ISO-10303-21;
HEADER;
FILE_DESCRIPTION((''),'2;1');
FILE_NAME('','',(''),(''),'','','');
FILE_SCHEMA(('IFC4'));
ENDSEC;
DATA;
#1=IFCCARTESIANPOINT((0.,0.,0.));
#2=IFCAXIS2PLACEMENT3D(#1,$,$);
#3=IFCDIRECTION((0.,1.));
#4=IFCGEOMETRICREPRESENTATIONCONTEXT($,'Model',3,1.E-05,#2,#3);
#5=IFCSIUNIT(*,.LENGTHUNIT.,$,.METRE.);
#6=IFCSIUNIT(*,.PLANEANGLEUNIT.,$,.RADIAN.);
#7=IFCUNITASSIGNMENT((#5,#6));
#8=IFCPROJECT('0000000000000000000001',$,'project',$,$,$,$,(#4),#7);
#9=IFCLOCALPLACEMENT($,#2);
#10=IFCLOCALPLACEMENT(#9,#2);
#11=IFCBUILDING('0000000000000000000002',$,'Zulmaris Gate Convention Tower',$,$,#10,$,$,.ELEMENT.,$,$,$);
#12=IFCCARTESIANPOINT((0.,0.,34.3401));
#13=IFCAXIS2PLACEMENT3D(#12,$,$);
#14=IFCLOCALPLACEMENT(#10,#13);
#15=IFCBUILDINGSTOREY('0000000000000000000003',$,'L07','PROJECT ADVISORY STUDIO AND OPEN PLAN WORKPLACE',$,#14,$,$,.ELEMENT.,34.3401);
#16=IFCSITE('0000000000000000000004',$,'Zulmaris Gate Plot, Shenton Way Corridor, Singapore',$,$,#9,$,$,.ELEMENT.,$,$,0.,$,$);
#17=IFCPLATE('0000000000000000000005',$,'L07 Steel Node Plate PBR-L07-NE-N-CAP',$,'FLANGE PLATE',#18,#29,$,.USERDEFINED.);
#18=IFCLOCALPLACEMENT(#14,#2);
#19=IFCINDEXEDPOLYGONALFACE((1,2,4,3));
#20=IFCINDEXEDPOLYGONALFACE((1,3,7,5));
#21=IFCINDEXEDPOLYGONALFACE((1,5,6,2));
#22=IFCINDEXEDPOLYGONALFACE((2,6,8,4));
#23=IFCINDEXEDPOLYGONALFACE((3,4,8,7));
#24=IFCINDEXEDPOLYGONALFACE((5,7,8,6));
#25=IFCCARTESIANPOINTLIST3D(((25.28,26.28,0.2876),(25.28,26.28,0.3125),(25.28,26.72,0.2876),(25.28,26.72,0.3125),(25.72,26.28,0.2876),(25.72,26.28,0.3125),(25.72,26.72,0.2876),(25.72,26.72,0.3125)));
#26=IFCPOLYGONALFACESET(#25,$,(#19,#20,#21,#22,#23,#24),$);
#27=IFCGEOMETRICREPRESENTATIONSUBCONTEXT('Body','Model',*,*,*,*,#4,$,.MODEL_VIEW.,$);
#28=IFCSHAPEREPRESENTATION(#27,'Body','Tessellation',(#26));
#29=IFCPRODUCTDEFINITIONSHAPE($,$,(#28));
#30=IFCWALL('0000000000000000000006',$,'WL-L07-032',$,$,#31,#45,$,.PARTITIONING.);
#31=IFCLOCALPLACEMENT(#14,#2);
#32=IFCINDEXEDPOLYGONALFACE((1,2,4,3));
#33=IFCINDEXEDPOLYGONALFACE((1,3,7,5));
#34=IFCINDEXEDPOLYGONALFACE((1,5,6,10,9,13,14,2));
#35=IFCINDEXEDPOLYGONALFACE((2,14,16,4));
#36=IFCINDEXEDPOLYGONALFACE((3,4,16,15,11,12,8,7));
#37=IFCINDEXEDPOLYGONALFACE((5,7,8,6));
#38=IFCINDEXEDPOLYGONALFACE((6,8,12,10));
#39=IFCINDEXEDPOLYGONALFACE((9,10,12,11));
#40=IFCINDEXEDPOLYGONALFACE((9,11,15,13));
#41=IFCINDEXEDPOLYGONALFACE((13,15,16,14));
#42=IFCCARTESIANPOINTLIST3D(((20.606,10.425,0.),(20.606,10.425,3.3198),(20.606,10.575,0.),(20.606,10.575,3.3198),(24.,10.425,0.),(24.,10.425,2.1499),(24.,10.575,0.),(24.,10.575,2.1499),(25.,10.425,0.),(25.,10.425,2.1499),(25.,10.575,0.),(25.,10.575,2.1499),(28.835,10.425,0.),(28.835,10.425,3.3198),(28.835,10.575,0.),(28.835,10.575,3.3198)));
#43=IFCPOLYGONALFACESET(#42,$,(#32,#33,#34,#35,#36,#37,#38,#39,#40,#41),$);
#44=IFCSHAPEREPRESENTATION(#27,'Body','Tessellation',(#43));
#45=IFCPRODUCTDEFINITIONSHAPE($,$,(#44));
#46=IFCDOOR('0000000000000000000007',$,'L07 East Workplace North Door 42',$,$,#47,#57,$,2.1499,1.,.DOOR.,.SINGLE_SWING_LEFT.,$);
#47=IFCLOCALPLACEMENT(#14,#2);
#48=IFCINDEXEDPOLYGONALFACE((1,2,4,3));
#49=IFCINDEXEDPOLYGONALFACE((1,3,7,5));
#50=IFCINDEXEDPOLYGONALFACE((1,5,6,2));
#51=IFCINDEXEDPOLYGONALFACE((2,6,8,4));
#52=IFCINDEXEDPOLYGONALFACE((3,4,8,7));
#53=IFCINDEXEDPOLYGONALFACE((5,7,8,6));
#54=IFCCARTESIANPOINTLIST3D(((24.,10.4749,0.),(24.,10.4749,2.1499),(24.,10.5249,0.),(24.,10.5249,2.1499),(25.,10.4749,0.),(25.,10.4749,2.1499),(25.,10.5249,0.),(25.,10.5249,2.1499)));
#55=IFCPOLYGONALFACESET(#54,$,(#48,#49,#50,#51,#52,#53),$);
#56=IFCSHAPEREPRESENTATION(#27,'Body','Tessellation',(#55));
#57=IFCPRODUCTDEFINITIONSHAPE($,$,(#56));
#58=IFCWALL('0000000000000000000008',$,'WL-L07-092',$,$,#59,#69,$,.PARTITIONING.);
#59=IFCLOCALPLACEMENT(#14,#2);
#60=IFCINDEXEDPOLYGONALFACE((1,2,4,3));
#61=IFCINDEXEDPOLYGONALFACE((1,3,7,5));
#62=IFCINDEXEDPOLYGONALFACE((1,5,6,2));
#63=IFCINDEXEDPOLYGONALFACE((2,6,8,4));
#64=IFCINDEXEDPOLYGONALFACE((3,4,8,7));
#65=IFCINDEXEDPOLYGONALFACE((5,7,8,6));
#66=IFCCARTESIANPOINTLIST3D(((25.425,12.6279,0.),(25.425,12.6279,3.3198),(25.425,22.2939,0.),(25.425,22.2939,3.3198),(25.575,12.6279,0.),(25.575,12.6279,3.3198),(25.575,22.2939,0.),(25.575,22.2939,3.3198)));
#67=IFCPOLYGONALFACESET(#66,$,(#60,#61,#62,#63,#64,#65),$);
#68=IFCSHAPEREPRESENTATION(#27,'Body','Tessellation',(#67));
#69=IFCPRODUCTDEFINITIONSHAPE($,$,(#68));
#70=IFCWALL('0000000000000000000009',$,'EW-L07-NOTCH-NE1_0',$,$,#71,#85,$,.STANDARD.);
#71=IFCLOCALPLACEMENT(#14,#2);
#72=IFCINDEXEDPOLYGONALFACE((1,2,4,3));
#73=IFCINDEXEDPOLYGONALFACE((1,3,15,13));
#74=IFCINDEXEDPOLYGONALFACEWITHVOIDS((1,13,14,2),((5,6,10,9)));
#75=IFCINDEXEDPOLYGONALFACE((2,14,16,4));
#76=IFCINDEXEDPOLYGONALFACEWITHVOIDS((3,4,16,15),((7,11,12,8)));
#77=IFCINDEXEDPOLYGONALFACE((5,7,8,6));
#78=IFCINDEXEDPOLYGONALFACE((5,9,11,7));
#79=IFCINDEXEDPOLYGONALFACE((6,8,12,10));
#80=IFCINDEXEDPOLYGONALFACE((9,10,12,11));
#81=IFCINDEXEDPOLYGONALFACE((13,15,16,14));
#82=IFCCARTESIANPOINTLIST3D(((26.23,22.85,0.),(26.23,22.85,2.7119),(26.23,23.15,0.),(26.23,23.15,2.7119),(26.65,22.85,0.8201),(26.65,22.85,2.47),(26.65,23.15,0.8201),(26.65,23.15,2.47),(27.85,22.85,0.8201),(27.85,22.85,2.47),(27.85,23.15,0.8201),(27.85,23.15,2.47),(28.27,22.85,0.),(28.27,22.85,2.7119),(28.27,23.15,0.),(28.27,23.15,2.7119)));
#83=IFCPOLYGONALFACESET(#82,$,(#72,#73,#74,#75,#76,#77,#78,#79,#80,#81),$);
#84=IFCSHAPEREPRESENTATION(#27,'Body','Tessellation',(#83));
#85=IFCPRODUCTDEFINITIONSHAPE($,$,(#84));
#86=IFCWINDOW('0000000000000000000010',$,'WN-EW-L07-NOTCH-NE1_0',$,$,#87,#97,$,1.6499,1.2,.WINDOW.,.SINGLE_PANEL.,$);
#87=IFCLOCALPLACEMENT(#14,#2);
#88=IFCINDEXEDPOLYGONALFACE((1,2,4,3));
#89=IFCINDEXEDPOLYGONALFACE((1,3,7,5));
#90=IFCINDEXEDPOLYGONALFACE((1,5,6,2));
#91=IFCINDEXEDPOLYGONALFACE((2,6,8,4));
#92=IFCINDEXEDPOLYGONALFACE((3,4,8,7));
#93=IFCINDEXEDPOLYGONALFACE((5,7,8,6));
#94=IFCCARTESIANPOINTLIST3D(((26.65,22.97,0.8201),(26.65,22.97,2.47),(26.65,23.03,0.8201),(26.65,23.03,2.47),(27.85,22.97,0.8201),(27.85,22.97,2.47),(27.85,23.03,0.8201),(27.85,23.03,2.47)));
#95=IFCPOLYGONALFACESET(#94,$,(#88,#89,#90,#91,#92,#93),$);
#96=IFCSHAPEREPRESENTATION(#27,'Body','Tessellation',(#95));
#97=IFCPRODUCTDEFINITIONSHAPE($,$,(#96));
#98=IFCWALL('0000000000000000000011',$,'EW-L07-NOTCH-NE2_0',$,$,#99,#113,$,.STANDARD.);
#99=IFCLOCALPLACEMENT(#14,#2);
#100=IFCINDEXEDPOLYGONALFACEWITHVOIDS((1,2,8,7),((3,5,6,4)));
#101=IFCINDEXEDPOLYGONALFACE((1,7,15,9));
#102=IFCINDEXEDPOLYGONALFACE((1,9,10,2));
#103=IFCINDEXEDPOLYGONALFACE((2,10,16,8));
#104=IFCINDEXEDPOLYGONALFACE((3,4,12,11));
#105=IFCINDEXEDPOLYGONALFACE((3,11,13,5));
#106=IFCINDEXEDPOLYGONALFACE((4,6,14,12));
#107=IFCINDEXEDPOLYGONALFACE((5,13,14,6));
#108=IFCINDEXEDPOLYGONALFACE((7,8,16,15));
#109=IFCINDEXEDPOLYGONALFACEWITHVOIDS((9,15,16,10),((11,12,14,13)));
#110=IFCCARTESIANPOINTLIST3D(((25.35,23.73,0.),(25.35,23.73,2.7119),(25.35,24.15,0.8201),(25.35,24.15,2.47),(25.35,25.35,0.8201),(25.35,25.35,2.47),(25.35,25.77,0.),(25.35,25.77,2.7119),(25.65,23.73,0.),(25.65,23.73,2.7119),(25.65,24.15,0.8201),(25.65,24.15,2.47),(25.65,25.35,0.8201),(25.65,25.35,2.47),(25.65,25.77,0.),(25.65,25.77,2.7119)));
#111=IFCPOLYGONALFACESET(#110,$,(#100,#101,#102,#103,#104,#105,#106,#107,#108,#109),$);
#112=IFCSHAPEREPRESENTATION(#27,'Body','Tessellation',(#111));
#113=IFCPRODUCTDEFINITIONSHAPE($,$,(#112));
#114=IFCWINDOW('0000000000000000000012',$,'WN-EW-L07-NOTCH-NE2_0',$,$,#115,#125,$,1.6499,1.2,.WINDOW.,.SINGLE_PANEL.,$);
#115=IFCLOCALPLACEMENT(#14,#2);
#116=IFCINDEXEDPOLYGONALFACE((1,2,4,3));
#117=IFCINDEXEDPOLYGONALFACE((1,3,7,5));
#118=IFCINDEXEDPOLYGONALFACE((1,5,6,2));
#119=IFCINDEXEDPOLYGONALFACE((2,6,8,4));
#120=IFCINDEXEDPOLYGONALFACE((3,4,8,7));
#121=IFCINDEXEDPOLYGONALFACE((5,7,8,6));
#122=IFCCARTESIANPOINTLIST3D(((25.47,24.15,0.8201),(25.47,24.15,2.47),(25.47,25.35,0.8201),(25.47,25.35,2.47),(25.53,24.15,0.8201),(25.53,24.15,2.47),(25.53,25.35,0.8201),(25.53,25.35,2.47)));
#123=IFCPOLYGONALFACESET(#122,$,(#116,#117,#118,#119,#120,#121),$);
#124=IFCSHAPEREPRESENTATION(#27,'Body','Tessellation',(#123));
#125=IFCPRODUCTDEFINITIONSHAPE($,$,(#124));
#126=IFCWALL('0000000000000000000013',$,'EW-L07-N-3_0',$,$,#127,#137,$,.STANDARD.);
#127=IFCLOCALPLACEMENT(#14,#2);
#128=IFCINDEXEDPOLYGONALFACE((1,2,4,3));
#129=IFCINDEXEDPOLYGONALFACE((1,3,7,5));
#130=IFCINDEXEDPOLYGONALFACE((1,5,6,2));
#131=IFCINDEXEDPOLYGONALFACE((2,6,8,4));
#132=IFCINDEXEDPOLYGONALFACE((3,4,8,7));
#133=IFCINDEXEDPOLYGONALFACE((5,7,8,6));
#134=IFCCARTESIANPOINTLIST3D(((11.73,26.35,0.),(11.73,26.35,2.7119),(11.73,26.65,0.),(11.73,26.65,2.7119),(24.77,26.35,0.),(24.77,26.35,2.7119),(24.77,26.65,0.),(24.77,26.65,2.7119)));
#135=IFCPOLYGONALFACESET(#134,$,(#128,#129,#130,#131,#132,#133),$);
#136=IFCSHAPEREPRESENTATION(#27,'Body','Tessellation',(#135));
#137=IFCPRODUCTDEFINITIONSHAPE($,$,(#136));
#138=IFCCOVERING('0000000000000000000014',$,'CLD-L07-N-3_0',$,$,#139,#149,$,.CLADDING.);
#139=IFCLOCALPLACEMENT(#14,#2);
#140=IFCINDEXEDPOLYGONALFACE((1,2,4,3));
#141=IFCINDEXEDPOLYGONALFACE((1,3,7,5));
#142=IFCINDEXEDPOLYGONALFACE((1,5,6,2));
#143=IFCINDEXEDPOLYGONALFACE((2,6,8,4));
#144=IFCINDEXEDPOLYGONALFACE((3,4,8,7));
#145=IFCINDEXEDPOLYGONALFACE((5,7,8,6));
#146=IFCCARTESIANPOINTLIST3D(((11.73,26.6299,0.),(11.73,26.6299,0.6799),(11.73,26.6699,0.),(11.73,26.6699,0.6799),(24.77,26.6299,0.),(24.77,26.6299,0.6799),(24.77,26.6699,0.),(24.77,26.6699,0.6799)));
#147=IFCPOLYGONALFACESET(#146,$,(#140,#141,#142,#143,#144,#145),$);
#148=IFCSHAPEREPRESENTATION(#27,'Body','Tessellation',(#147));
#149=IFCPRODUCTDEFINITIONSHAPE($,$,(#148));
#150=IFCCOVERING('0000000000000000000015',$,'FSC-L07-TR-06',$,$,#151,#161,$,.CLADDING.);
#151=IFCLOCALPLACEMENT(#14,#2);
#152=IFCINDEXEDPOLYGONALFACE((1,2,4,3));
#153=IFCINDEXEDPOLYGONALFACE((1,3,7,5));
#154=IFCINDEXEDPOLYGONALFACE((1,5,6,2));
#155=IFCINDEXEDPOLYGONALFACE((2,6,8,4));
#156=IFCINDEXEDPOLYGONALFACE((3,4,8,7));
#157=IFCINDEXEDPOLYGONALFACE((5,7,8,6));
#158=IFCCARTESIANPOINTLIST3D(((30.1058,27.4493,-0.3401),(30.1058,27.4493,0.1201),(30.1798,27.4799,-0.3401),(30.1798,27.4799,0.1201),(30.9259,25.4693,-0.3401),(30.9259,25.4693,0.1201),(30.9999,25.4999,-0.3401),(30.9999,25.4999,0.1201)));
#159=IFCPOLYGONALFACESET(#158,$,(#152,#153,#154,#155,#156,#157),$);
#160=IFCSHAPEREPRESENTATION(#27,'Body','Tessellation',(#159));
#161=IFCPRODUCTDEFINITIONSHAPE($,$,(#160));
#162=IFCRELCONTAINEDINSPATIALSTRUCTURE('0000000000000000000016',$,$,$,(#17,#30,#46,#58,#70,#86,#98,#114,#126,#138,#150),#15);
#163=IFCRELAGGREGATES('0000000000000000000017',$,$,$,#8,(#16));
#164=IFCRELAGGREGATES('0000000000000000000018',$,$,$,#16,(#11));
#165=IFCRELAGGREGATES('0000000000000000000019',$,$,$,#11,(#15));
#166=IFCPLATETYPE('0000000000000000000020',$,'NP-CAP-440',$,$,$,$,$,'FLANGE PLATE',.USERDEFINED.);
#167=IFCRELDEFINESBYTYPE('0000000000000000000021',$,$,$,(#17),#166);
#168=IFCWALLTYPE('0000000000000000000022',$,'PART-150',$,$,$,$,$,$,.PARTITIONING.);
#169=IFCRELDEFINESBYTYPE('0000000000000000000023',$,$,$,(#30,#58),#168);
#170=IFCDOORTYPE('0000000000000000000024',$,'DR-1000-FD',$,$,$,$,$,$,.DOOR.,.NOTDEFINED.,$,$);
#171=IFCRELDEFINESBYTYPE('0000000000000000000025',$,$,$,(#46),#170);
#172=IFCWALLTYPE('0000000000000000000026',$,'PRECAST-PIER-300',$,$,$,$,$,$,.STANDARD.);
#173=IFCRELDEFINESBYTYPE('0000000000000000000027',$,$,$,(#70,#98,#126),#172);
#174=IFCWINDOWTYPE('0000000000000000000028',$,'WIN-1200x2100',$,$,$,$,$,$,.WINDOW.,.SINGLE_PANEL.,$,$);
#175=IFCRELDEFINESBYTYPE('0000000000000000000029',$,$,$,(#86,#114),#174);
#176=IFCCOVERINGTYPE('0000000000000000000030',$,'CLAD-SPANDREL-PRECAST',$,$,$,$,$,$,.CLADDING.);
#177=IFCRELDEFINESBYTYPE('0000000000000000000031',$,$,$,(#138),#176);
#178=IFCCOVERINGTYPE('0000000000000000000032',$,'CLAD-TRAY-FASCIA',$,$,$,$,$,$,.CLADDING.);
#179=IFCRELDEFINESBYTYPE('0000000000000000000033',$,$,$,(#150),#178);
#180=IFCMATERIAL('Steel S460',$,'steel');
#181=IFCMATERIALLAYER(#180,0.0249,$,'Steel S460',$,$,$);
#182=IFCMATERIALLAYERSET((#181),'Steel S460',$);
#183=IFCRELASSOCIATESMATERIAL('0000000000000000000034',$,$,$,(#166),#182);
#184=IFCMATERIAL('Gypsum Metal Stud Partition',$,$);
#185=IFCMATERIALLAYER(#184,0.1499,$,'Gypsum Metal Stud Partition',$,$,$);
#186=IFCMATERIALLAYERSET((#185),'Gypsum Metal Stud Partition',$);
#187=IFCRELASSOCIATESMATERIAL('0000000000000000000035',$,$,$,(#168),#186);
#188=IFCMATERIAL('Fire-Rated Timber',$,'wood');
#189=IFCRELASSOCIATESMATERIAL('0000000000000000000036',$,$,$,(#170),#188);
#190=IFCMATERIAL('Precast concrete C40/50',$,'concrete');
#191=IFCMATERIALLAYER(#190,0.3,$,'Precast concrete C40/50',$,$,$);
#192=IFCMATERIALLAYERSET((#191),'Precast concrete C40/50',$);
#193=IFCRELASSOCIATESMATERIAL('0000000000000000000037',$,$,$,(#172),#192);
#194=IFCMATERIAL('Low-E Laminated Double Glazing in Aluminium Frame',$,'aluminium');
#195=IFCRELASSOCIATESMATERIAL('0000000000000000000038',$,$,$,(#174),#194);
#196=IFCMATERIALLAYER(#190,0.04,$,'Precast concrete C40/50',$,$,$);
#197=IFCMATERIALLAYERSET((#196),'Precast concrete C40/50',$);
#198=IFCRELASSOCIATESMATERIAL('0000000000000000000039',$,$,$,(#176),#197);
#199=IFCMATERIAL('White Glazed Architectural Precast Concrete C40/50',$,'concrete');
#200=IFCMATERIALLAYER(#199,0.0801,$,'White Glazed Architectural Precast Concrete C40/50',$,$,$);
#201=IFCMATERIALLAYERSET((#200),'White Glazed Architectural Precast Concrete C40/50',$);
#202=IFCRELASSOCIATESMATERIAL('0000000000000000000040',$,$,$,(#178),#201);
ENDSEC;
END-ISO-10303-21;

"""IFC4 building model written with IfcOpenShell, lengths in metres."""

from ifc_helpers import new_model, si_unit, direction, frame, frame_2d, origin, origin_2d, place, context, subcontext, project, spatial, rectangle, extrude, material, layer, layer_set, type_object, element, fill, save


model = new_model("IFC4")

# Units and contexts
model_context = context("Model", 3, precision=1e-05, world=origin(), true_north=direction((0.0, 1.0)))
body_context = subcontext(model_context, "Body", "Model", "MODEL_VIEW")
ifc_project = project(units=[si_unit("LENGTHUNIT", "METRE"), si_unit("PLANEANGLEUNIT", "RADIAN")], contexts=[model_context])

# Site, building, storey
site_placement = place(None, origin())
site = spatial("IfcSite", under=ifc_project, at=site_placement, Name="Zulmaris Gate Plot, Shenton Way Corridor, Singapore", CompositionType="ELEMENT", RefElevation=0.0)
building_placement = place(site_placement, origin())
building = spatial("IfcBuilding", under=site, at=building_placement, Name="Zulmaris Gate Convention Tower", CompositionType="ELEMENT")
storey_placement = place(building_placement, frame((0.0, 0.0, 34.3401)))
storey = spatial("IfcBuildingStorey", under=building, at=storey_placement, Name="L07", Description="PROJECT ADVISORY STUDIO AND OPEN PLAN WORKPLACE", CompositionType="ELEMENT", Elevation=34.3401)

# Shared definitions
ifc_material_1 = material(Name="Steel S460", Category="steel")

# Plate
ifc_layer_1 = layer(ifc_material_1, 0.0249, Name="Steel S460")
ifc_layer_set_1 = layer_set([ifc_layer_1], Name="Steel S460")
plate_type = type_object("IfcPlateType", Name="NP-CAP-440", ElementType="FLANGE PLATE", PredefinedType="USERDEFINED", material=ifc_layer_set_1)
for number, where, z_axis, x_axis, name in (
    (1, (25.5, 26.5, 0.2876), (0.0, 0.0, 1.0), (1.0, 0.0, 0.0), "L07 Steel Node Plate PBR-L07-NE-N-CAP"),
):
    element("IfcPlate", number, at=place(storey_placement, frame(where, z_axis=z_axis, x_axis=x_axis)), inside=storey, type_object=plate_type, Name=name, ObjectType="FLANGE PLATE", PredefinedType="USERDEFINED", context=body_context, shape_type="SweptSolid", body=[
        extrude(rectangle(XDim=0.4399, YDim=0.4399, at=origin_2d()), origin(), (0.0, 0.0, 1.0), 0.0249),
    ])

# Shared definitions
ifc_material_2 = material(Name="Fire-Rated Timber", Category="wood")

# Wall, opening, door
ifc_material_3 = material(Name="Gypsum Metal Stud Partition")
ifc_layer_2 = layer(ifc_material_3, 0.1499, Name="Gypsum Metal Stud Partition")
ifc_layer_set_2 = layer_set([ifc_layer_2], Name="Gypsum Metal Stud Partition")
wall_type_1 = type_object("IfcWallType", Name="PART-150", PredefinedType="PARTITIONING", material=ifc_layer_set_2)
wall_1_placement = place(storey_placement, frame((20.606, 10.5, 0.0), z_axis=(0.0, 0.0, 1.0), x_axis=(1.0, 0.0, 0.0)))
wall_1 = element("IfcWall", 2, at=wall_1_placement, inside=storey, type_object=wall_type_1, Name="WL-L07-032", PredefinedType="PARTITIONING", context=body_context, shape_type="SweptSolid", body=[
    extrude(rectangle(XDim=8.229, YDim=0.1499, at=frame_2d((4.1145, 0.0))), origin(), (0.0, 0.0, 1.0), 3.3198),
])
opening_1_placement = place(wall_1_placement, frame((3.394, 0.0, 0.0)))
opening_1 = element("IfcOpeningElement", 3, at=opening_1_placement, cuts=wall_1, PredefinedType="OPENING", context=body_context, shape_type="SweptSolid", body=[
    extrude(rectangle(XDim=1.0, YDim=2.1499, at=frame_2d((0.5, 1.075))), frame((0.0, 0.085, 0.0), z_axis=(0.0, -1.0, 0.0), x_axis=(1.0, 0.0, 0.0)), (0.0, 0.0, 1.0), 0.1699),
])
door_type_1 = type_object("IfcDoorType", Name="DR-1000-FD", OperationType="NOTDEFINED", PredefinedType="DOOR", material=ifc_material_2)
door_1_placement = place(opening_1_placement, origin())
door_1 = element("IfcDoor", 4, at=door_1_placement, inside=storey, type_object=door_type_1, Name="L07 East Workplace North Door 42", OperationType="SINGLE_SWING_LEFT", OverallHeight=2.1499, OverallWidth=1.0, PredefinedType="DOOR", context=body_context, shape_type="SweptSolid", body=[
    extrude(rectangle(XDim=1.0, YDim=2.1499, at=frame_2d((0.5, 1.075))), frame((0.0, 0.0249, 0.0), z_axis=(0.0, -1.0, 0.0), x_axis=(1.0, 0.0, 0.0)), (0.0, 0.0, 1.0), 0.05),
])
fill(opening_1, door_1)

# Wall
wall_2_placement = place(storey_placement, frame((25.5, 12.6279, 0.0), z_axis=(0.0, 0.0, 1.0), x_axis=(0.0, 1.0, 0.0)))
element("IfcWall", 5, at=wall_2_placement, inside=storey, type_object=wall_type_1, Name="WL-L07-092", PredefinedType="PARTITIONING", context=body_context, shape_type="SweptSolid", body=[
    extrude(rectangle(XDim=9.666, YDim=0.1499, at=frame_2d((4.833, 0.0))), origin(), (0.0, 0.0, 1.0), 3.3198),
])

# Walls, openings, windows
ifc_material_4 = material(Name="Precast concrete C40/50", Category="concrete")
ifc_layer_3 = layer(ifc_material_4, 0.3, Name="Precast concrete C40/50")
ifc_layer_set_3 = layer_set([ifc_layer_3], Name="Precast concrete C40/50")
wall_type_2 = type_object("IfcWallType", Name="PRECAST-PIER-300", PredefinedType="STANDARD", material=ifc_layer_set_3)
wall_3_placement = place(storey_placement, frame((28.27, 23.0, 0.0), z_axis=(0.0, 0.0, 1.0), x_axis=(-1.0, 0.0, 0.0)))
wall_3 = element("IfcWall", 6, at=wall_3_placement, inside=storey, type_object=wall_type_2, Name="EW-L07-NOTCH-NE1_0", PredefinedType="STANDARD", context=body_context, shape_type="SweptSolid", body=[
    extrude(rectangle(XDim=2.04, YDim=0.3, at=frame_2d((1.02, 0.0))), origin(), (0.0, 0.0, 1.0), 2.7119),
])
opening_2_placement = place(wall_3_placement, frame((0.4199, 0.0, 0.8201)))
opening_2 = element("IfcOpeningElement", 7, at=opening_2_placement, cuts=wall_3, PredefinedType="OPENING", context=body_context, shape_type="SweptSolid", body=[
    extrude(rectangle(XDim=1.2, YDim=1.6499, at=frame_2d((0.6001, 0.825))), frame((0.0, 0.1602, 0.0), z_axis=(0.0, -1.0, 0.0), x_axis=(1.0, 0.0, 0.0)), (0.0, 0.0, 1.0), 0.3201),
])
ifc_material_5 = material(Name="Low-E Laminated Double Glazing in Aluminium Frame", Category="aluminium")
window_type = type_object("IfcWindowType", Name="WIN-1200x2100", PartitioningType="SINGLE_PANEL", PredefinedType="WINDOW", material=ifc_material_5)
window_1_placement = place(opening_2_placement, origin())
window_1 = element("IfcWindow", 8, at=window_1_placement, inside=storey, type_object=window_type, Name="WN-EW-L07-NOTCH-NE1_0", OverallHeight=1.6499, OverallWidth=1.2, PartitioningType="SINGLE_PANEL", PredefinedType="WINDOW", context=body_context, shape_type="SweptSolid", body=[
    extrude(rectangle(XDim=1.2, YDim=1.6499, at=frame_2d((0.6001, 0.825))), frame((0.0, 0.03, 0.0), z_axis=(0.0, -1.0, 0.0), x_axis=(1.0, 0.0, 0.0)), (0.0, 0.0, 1.0), 0.0601),
])
fill(opening_2, window_1)
wall_4_placement = place(storey_placement, frame((25.5, 23.73, 0.0), z_axis=(0.0, 0.0, 1.0), x_axis=(0.0, 1.0, 0.0)))
wall_4 = element("IfcWall", 9, at=wall_4_placement, inside=storey, type_object=wall_type_2, Name="EW-L07-NOTCH-NE2_0", PredefinedType="STANDARD", context=body_context, shape_type="SweptSolid", body=[
    extrude(rectangle(XDim=2.04, YDim=0.3, at=frame_2d((1.02, 0.0))), origin(), (0.0, 0.0, 1.0), 2.7119),
])
opening_3_placement = place(wall_4_placement, frame((0.4199, 0.0, 0.8201)))
opening_3 = element("IfcOpeningElement", 10, at=opening_3_placement, cuts=wall_4, PredefinedType="OPENING", context=body_context, shape_type="SweptSolid", body=[
    extrude(rectangle(XDim=1.2, YDim=1.6499, at=frame_2d((0.6001, 0.825))), frame((0.0, 0.1602, 0.0), z_axis=(0.0, -1.0, 0.0), x_axis=(1.0, 0.0, 0.0)), (0.0, 0.0, 1.0), 0.3201),
])
window_2_placement = place(opening_3_placement, origin())
window_2 = element("IfcWindow", 11, at=window_2_placement, inside=storey, type_object=window_type, Name="WN-EW-L07-NOTCH-NE2_0", OverallHeight=1.6499, OverallWidth=1.2, PartitioningType="SINGLE_PANEL", PredefinedType="WINDOW", context=body_context, shape_type="SweptSolid", body=[
    extrude(rectangle(XDim=1.2, YDim=1.6499, at=frame_2d((0.6001, 0.825))), frame((0.0, 0.03, 0.0), z_axis=(0.0, -1.0, 0.0), x_axis=(1.0, 0.0, 0.0)), (0.0, 0.0, 1.0), 0.0601),
])
fill(opening_3, window_2)

# Wall
wall_5_placement = place(storey_placement, frame((24.77, 26.5, 0.0), z_axis=(0.0, 0.0, 1.0), x_axis=(-1.0, 0.0, 0.0)))
element("IfcWall", 12, at=wall_5_placement, inside=storey, type_object=wall_type_2, Name="EW-L07-N-3_0", PredefinedType="STANDARD", context=body_context, shape_type="SweptSolid", body=[
    extrude(rectangle(XDim=13.04, YDim=0.3, at=frame_2d((6.52, 0.0))), origin(), (0.0, 0.0, 1.0), 2.7119),
])

# Coverings
ifc_layer_4 = layer(ifc_material_4, 0.04, Name="Precast concrete C40/50")
ifc_layer_set_4 = layer_set([ifc_layer_4], Name="Precast concrete C40/50")
covering_type_1 = type_object("IfcCoveringType", Name="CLAD-SPANDREL-PRECAST", PredefinedType="CLADDING", material=ifc_layer_set_4)
covering_1_placement = place(storey_placement, frame((24.77, 26.6499, 0.0), z_axis=(0.0, 0.0, 1.0), x_axis=(-1.0, 0.0, 0.0)))
element("IfcCovering", 13, at=covering_1_placement, inside=storey, type_object=covering_type_1, Name="CLD-L07-N-3_0", PredefinedType="CLADDING", context=body_context, shape_type="SweptSolid", body=[
    extrude(rectangle(XDim=13.04, YDim=0.04, at=frame_2d((6.52, 0.0))), origin(), (0.0, 0.0, 1.0), 0.6799),
])
ifc_material_6 = material(Name="White Glazed Architectural Precast Concrete C40/50", Category="concrete")
ifc_layer_5 = layer(ifc_material_6, 0.0801, Name="White Glazed Architectural Precast Concrete C40/50")
ifc_layer_set_5 = layer_set([ifc_layer_5], Name="White Glazed Architectural Precast Concrete C40/50")
covering_type_2 = type_object("IfcCoveringType", Name="CLAD-TRAY-FASCIA", PredefinedType="CLADDING", material=ifc_layer_set_5)
covering_2_placement = place(storey_placement, frame((30.9629, 25.4846, -0.3401), z_axis=(0.0, 0.0, 1.0), x_axis=(-0.382657, 0.92389, 0.0)))
element("IfcCovering", 14, at=covering_2_placement, inside=storey, type_object=covering_type_2, Name="FSC-L07-TR-06", PredefinedType="CLADDING", context=body_context, shape_type="SweptSolid", body=[
    extrude(rectangle(XDim=2.1431, YDim=0.0801, at=frame_2d((1.0715, 0.0))), origin(), (0.0, 0.0, 1.0), 0.4602),
])

save(model, "model.ifc")
